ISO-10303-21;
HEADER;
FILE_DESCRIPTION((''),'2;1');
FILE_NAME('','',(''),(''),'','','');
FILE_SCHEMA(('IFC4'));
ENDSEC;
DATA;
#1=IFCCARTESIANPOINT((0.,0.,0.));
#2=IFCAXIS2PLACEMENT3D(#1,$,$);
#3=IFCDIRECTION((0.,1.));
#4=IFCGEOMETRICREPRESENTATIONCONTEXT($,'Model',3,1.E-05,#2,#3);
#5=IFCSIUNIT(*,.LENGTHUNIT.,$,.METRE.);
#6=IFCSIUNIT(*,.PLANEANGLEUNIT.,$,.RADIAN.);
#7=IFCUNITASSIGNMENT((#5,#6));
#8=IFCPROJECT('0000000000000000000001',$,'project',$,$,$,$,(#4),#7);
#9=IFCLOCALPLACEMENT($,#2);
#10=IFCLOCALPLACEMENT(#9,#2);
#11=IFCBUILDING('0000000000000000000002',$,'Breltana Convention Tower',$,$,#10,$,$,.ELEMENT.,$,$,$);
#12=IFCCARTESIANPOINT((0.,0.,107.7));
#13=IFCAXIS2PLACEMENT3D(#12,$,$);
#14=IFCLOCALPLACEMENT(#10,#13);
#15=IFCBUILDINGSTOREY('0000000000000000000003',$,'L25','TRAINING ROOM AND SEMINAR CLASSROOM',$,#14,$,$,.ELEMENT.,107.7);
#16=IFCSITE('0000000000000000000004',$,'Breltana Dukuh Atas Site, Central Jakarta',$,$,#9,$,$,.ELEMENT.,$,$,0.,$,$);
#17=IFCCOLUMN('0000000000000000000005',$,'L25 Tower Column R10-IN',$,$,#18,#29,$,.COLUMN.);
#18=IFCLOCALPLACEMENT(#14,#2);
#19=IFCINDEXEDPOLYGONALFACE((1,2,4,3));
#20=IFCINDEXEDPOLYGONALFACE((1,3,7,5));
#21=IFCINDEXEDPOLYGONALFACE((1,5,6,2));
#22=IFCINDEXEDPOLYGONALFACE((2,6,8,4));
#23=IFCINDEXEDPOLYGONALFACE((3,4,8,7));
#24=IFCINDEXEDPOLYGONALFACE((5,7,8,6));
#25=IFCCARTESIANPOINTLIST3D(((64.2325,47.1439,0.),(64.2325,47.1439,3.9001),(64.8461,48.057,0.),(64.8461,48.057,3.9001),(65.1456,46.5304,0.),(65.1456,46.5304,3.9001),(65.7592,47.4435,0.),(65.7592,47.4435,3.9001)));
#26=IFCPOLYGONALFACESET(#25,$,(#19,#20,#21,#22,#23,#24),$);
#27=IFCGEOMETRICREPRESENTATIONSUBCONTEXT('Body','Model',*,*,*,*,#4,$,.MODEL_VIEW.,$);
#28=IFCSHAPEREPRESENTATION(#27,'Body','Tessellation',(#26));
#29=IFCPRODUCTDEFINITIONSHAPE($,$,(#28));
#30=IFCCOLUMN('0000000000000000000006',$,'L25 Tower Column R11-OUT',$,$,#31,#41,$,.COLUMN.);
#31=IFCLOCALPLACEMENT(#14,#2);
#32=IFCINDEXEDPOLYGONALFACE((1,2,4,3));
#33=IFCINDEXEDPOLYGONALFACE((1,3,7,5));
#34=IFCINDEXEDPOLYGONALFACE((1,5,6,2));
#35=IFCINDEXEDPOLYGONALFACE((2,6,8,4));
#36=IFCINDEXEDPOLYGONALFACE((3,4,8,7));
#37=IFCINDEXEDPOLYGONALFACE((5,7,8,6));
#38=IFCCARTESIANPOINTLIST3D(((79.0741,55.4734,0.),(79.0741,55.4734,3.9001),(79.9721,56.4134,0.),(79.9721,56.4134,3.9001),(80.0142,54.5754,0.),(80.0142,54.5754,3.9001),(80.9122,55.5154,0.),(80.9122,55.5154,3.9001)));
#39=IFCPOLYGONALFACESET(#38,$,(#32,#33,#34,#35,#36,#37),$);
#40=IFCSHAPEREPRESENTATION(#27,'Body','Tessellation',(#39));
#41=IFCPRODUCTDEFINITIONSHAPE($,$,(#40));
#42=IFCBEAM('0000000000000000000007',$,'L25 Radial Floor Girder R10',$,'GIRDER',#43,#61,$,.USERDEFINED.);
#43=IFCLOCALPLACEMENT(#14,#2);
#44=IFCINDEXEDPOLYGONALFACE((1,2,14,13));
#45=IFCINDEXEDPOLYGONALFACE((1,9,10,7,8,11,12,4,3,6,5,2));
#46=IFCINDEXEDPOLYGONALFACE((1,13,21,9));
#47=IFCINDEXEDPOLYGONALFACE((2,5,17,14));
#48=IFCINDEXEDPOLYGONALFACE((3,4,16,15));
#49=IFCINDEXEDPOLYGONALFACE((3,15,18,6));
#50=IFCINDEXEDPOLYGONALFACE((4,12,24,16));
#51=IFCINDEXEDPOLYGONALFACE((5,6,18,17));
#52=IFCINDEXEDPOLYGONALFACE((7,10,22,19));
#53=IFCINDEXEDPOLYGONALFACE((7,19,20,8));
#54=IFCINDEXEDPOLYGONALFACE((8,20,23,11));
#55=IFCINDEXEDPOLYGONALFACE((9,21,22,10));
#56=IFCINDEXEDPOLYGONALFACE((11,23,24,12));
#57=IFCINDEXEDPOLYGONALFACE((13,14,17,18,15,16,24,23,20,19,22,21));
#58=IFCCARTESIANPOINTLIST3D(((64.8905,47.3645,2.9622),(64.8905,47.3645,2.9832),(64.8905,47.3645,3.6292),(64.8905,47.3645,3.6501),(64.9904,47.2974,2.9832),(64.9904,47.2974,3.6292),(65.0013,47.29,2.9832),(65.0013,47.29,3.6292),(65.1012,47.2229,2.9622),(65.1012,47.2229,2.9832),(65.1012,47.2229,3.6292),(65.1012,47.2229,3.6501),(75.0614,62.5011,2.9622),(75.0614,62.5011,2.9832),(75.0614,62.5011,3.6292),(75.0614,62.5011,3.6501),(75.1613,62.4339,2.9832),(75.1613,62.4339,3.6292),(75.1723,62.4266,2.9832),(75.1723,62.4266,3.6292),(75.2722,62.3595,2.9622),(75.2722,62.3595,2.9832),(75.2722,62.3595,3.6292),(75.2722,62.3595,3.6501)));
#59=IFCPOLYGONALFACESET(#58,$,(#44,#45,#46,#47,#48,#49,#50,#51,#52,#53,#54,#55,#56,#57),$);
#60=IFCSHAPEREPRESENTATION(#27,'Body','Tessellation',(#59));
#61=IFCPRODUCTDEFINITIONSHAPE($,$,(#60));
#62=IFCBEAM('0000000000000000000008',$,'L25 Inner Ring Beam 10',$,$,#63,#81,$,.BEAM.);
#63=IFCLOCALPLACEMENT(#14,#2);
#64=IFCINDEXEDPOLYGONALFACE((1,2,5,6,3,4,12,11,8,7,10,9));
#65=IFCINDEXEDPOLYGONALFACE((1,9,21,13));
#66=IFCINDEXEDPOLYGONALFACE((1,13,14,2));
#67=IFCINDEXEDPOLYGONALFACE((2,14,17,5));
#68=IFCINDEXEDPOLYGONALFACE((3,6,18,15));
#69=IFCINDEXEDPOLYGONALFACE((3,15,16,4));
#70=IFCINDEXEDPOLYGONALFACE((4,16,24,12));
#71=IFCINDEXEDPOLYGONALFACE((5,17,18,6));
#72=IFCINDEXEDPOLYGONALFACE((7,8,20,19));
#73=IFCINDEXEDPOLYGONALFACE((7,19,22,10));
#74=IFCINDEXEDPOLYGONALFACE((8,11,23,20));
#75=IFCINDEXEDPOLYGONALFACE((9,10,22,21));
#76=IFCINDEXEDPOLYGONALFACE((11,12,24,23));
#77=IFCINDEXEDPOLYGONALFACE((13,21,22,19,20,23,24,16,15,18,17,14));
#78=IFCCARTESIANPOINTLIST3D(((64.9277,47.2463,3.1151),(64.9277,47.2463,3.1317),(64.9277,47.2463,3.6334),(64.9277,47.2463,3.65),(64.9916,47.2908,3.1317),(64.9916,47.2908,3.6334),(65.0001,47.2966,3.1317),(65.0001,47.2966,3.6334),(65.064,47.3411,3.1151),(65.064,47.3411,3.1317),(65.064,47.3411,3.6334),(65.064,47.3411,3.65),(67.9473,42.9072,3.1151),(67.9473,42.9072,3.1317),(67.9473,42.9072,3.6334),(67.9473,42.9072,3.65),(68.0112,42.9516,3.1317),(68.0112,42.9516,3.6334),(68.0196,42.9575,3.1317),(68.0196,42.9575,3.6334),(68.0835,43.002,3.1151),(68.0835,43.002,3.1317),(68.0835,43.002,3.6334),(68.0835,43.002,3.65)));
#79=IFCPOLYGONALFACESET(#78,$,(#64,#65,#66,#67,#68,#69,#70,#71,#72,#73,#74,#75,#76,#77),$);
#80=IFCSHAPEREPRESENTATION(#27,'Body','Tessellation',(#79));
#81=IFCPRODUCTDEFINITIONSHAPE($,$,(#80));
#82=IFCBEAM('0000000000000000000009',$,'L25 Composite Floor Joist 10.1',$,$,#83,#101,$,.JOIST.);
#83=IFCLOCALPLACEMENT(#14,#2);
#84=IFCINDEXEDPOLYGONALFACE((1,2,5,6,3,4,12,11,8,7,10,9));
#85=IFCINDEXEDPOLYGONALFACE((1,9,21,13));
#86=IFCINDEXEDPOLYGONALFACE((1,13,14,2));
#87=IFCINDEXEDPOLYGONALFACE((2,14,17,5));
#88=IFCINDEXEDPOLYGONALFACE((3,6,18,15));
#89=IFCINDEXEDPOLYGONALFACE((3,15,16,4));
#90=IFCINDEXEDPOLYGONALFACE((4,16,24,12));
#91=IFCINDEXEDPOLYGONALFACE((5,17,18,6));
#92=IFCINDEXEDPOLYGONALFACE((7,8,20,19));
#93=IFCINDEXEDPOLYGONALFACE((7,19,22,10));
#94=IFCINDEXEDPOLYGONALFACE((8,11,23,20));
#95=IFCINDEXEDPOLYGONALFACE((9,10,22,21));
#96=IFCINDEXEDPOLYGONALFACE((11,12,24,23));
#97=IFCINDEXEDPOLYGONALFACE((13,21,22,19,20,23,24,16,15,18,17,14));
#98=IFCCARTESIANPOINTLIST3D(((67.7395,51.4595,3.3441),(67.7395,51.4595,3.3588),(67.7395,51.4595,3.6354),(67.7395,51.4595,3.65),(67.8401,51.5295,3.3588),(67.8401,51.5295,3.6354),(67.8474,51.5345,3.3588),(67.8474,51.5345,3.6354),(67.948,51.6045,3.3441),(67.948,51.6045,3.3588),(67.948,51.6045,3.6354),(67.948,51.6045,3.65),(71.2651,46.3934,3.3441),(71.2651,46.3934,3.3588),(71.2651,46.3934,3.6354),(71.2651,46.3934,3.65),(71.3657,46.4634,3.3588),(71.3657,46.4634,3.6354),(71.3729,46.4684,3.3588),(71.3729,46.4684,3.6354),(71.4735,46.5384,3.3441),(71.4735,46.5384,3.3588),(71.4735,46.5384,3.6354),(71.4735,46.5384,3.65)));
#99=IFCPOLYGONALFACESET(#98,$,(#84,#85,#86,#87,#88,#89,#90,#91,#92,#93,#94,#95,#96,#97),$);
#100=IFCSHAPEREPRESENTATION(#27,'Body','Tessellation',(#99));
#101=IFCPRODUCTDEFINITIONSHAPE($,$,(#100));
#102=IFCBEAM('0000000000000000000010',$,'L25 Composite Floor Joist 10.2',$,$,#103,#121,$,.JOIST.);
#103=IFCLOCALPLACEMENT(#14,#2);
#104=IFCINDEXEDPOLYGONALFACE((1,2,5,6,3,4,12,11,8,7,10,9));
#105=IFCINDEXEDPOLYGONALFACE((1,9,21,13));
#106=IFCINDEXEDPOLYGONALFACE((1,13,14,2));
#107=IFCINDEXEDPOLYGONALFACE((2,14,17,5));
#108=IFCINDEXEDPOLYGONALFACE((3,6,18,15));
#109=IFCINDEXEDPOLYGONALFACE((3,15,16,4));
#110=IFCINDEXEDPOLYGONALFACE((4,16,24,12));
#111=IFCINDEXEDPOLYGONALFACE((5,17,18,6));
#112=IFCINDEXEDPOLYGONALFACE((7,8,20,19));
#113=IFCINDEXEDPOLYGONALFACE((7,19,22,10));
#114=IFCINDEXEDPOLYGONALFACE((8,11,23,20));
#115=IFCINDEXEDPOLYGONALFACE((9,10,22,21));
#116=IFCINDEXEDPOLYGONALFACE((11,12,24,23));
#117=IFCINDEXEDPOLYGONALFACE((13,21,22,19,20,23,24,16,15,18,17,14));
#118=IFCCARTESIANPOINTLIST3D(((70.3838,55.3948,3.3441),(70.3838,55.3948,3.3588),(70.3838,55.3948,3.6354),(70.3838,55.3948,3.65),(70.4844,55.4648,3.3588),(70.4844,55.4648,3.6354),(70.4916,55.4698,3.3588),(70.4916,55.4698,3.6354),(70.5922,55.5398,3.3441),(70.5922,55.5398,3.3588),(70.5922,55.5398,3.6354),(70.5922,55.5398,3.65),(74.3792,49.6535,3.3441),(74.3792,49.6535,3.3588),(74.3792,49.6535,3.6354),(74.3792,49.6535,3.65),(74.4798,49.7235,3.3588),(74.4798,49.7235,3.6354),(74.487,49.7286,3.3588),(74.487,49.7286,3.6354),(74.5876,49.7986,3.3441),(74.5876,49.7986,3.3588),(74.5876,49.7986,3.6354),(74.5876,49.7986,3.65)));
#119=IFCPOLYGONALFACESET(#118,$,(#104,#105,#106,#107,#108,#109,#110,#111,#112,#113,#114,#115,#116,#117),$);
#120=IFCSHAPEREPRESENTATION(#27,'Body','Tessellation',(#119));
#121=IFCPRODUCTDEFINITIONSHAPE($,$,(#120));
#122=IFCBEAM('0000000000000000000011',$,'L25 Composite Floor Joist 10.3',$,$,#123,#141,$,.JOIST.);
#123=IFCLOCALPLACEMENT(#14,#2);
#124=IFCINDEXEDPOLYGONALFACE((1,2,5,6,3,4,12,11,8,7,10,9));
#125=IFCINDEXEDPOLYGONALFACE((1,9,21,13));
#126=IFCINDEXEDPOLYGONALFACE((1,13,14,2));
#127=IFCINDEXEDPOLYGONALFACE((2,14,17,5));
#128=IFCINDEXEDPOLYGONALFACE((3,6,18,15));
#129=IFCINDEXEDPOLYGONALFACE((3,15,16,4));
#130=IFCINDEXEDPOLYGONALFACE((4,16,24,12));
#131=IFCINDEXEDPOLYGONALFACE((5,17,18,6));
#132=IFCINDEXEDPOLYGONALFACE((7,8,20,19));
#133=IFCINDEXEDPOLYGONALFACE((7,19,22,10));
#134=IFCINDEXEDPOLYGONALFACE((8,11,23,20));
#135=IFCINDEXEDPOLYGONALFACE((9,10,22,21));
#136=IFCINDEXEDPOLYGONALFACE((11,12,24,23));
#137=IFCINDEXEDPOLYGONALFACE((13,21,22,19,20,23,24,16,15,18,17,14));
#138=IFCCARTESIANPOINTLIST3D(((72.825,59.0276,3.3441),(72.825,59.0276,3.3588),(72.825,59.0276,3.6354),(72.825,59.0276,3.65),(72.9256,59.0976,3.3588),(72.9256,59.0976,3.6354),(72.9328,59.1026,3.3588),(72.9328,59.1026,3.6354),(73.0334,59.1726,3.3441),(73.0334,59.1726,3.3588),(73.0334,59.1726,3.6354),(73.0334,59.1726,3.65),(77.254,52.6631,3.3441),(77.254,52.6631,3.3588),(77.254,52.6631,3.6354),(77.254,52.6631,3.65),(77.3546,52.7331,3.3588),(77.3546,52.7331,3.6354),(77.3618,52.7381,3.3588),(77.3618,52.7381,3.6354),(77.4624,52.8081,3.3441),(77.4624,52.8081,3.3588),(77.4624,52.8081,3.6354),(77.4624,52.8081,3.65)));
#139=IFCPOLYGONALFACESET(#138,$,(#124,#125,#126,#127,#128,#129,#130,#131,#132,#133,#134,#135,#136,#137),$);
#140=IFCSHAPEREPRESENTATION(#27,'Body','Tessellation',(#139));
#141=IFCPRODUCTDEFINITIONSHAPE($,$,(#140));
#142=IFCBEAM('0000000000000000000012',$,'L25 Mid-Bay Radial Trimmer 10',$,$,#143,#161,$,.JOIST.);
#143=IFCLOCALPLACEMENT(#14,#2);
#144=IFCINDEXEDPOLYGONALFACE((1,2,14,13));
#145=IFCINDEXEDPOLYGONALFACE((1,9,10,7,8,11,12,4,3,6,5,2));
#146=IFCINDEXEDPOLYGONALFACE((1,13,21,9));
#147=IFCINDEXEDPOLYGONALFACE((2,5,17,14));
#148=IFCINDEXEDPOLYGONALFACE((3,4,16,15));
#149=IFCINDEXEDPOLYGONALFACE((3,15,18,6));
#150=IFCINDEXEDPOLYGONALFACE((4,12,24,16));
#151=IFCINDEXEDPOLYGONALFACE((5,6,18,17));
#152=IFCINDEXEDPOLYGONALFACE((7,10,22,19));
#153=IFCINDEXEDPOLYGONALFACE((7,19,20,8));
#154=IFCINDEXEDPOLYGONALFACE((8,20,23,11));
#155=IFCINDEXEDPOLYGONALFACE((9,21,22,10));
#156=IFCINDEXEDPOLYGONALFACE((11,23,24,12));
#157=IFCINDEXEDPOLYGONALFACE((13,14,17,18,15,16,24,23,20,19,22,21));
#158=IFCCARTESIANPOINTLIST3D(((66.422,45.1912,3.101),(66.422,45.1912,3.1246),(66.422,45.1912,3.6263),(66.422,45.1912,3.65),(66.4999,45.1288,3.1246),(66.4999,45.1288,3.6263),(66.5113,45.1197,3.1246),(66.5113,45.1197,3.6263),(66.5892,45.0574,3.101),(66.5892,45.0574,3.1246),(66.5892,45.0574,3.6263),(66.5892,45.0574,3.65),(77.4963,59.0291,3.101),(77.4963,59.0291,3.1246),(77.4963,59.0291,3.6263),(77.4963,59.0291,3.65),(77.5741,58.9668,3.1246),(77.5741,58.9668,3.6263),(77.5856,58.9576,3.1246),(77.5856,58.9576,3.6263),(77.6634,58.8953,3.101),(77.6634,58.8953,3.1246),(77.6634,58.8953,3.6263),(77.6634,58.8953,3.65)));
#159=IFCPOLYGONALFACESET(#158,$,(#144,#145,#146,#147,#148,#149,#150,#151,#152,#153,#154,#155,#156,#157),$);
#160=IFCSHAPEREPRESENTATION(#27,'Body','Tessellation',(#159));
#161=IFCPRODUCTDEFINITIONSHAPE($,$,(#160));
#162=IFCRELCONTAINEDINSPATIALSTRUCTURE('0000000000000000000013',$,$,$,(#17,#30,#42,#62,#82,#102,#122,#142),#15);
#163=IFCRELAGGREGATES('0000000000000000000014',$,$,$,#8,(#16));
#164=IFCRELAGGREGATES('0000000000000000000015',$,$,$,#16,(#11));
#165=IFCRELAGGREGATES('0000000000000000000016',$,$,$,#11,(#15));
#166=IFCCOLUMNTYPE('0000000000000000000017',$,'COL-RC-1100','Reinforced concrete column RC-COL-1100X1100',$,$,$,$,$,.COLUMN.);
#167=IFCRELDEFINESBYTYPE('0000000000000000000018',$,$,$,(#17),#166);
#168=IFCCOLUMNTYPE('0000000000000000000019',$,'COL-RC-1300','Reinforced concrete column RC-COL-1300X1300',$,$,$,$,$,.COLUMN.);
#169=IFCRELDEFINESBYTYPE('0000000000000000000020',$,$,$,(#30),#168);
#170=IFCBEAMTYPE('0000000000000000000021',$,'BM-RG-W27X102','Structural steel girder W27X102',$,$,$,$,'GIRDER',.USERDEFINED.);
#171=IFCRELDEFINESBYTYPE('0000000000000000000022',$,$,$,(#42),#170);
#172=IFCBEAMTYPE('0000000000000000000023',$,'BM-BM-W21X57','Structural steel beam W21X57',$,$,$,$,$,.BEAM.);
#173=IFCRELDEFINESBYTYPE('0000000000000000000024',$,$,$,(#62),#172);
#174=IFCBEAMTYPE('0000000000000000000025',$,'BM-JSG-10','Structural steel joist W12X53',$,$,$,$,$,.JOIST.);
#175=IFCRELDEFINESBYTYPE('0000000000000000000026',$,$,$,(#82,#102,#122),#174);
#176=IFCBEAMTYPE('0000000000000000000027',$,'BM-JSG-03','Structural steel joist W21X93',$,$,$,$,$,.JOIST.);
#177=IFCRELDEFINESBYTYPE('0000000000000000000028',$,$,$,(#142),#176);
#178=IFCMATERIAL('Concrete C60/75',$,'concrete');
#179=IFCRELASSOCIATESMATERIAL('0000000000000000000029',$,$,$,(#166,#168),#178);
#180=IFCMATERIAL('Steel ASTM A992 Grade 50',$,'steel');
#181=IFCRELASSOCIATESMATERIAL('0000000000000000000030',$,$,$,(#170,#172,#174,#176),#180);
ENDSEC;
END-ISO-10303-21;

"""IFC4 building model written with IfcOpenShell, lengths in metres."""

from ifc_helpers import new_model, si_unit, direction, frame, origin, origin_2d, place, context, subcontext, project, spatial, rectangle, i_section, extrude, source, transform, mapped, material, material_profile, profile_set, type_object, element, save


model = new_model("IFC4")

# Units and contexts
model_context = context("Model", 3, precision=1e-05, world=origin(), true_north=direction((0.0, 1.0)))
body_context = subcontext(model_context, "Body", "Model", "MODEL_VIEW")
ifc_project = project(units=[si_unit("LENGTHUNIT", "METRE"), si_unit("PLANEANGLEUNIT", "RADIAN")], contexts=[model_context])

# Site, building, storey
site_placement = place(None, origin())
site = spatial("IfcSite", under=ifc_project, at=site_placement, Name="Breltana Dukuh Atas Site, Central Jakarta", CompositionType="ELEMENT", RefElevation=0.0)
building_placement = place(site_placement, origin())
building = spatial("IfcBuilding", under=site, at=building_placement, Name="Breltana Convention Tower", CompositionType="ELEMENT")
storey_placement = place(building_placement, frame((0.0, 0.0, 107.7)))
storey = spatial("IfcBuildingStorey", under=building, at=storey_placement, Name="L25", Description="TRAINING ROOM AND SEMINAR CLASSROOM", CompositionType="ELEMENT", Elevation=107.7)

# Columns
ifc_material_1 = material(Name="Concrete C60/75", Category="concrete")
ifc_material_profile_1 = material_profile(ifc_material_1, rectangle(XDim=1.1001, YDim=1.1001, at=origin_2d()), Name="RC-COL-1100X1100")
ifc_profile_set_1 = profile_set([ifc_material_profile_1], Name="Concrete C60/75")
column_type_1 = type_object("IfcColumnType", Name="COL-RC-1100", Description="Reinforced concrete column RC-COL-1100X1100", PredefinedType="COLUMN", material=ifc_profile_set_1)
shared_shape_1 = source(origin(), body_context, "Body", "SweptSolid", [
    extrude(rectangle(XDim=1.1001, YDim=1.1001, at=origin_2d()), origin(), (0.0, 0.0, 1.0), 3.9001),
])
column_1_placement = place(storey_placement, frame((64.9958, 47.2937, 0.0), z_axis=(0.0, 0.0, 1.0), x_axis=(0.557745, 0.830012, 0.0)))
element("IfcColumn", 1, at=column_1_placement, inside=storey, type_object=column_type_1, Name="L25 Tower Column R10-IN", PredefinedType="COLUMN", context=body_context, shape_type="MappedRepresentation", body=[
    mapped(shared_shape_1, transform((0.0, 0.0, 0.0), scale=1.0)),
])
ifc_material_profile_2 = material_profile(ifc_material_1, rectangle(XDim=1.3, YDim=1.3, at=origin_2d()), Name="RC-COL-1300X1300")
ifc_profile_set_2 = profile_set([ifc_material_profile_2], Name="Concrete C60/75")
column_type_2 = type_object("IfcColumnType", Name="COL-RC-1300", Description="Reinforced concrete column RC-COL-1300X1300", PredefinedType="COLUMN", material=ifc_profile_set_2)
shared_shape_2 = source(origin(), body_context, "Body", "SweptSolid", [
    extrude(rectangle(XDim=1.3, YDim=1.3, at=origin_2d()), origin(), (0.0, 0.0, 1.0), 3.9001),
])
column_2_placement = place(storey_placement, frame((79.9932, 55.4944, 0.0), z_axis=(0.0, 0.0, 1.0), x_axis=(0.690756, 0.723088, 0.0)))
element("IfcColumn", 2, at=column_2_placement, inside=storey, type_object=column_type_2, Name="L25 Tower Column R11-OUT", PredefinedType="COLUMN", context=body_context, shape_type="MappedRepresentation", body=[
    mapped(shared_shape_2, transform((0.0, 0.0, 0.0), scale=1.0)),
])

# Beams
ifc_material_2 = material(Name="Steel ASTM A992 Grade 50", Category="steel")
ifc_material_profile_3 = material_profile(ifc_material_2, i_section(OverallWidth=0.2539, OverallDepth=0.688, WebThickness=0.0132, FlangeThickness=0.021, at=origin_2d()), Name="W27X102")
ifc_profile_set_3 = profile_set([ifc_material_profile_3], Name="Steel ASTM A992 Grade 50")
beam_type_1 = type_object("IfcBeamType", Name="BM-RG-W27X102", Description="Structural steel girder W27X102", ElementType="GIRDER", PredefinedType="USERDEFINED", material=ifc_profile_set_3)
shared_shape_3 = source(origin(), body_context, "Body", "SweptSolid", [
    extrude(i_section(OverallWidth=0.2539, OverallDepth=0.688, WebThickness=0.0132, FlangeThickness=0.021, at=origin_2d()), origin(), (0.0, 0.0, 1.0), 18.2363),
])
beam_1_placement = place(storey_placement, frame((64.9958, 47.2937, 3.3062), z_axis=(0.55773, 0.830022, 0.0), x_axis=(-0.830022, 0.55773, 0.0)))
element("IfcBeam", 3, at=beam_1_placement, inside=storey, type_object=beam_type_1, Name="L25 Radial Floor Girder R10", ObjectType="GIRDER", PredefinedType="USERDEFINED", context=body_context, shape_type="MappedRepresentation", body=[
    mapped(shared_shape_3, transform((0.0, 0.0, 0.0), scale=1.0)),
])
ifc_material_profile_4 = material_profile(ifc_material_2, i_section(OverallWidth=0.166, OverallDepth=0.5349, WebThickness=0.0103, FlangeThickness=0.0166, at=origin_2d()), Name="W21X57")
ifc_profile_set_4 = profile_set([ifc_material_profile_4], Name="Steel ASTM A992 Grade 50")
beam_type_2 = type_object("IfcBeamType", Name="BM-BM-W21X57", Description="Structural steel beam W21X57", PredefinedType="BEAM", material=ifc_profile_set_4)
shared_shape_4 = source(origin(), body_context, "Body", "SweptSolid", [
    extrude(i_section(OverallWidth=0.166, OverallDepth=0.5349, WebThickness=0.0103, FlangeThickness=0.0166, at=origin_2d()), origin(), (0.0, 0.0, 1.0), 5.2864),
])
beam_2_placement = place(storey_placement, frame((64.9958, 47.2937, 3.3826), z_axis=(0.571194, -0.820815, 0.0), x_axis=(0.820815, 0.571194, 0.0)))
element("IfcBeam", 4, at=beam_2_placement, inside=storey, type_object=beam_type_2, Name="L25 Inner Ring Beam 10", PredefinedType="BEAM", context=body_context, shape_type="MappedRepresentation", body=[
    mapped(shared_shape_4, transform((0.0, 0.0, 0.0), scale=1.0)),
])
ifc_material_profile_5 = material_profile(ifc_material_2, i_section(OverallWidth=0.2539, OverallDepth=0.3059, WebThickness=0.0088, FlangeThickness=0.0146, at=origin_2d()), Name="W12X53")
ifc_profile_set_5 = profile_set([ifc_material_profile_5], Name="Steel ASTM A992 Grade 50")
beam_type_3 = type_object("IfcBeamType", Name="BM-JSG-10", Description="Structural steel joist W12X53", PredefinedType="JOIST", material=ifc_profile_set_5)
shared_shape_5 = source(origin(), body_context, "Body", "SweptSolid", [
    extrude(i_section(OverallWidth=0.2539, OverallDepth=0.3059, WebThickness=0.0088, FlangeThickness=0.0146, at=origin_2d()), origin(), (0.0, 0.0, 1.0), 6.1721),
])
beam_3_placement = place(storey_placement, frame((67.8438, 51.532, 3.4971), z_axis=(0.571212, -0.820803, 0.0), x_axis=(0.820803, 0.571212, 0.0)))
element("IfcBeam", 5, at=beam_3_placement, inside=storey, type_object=beam_type_3, Name="L25 Composite Floor Joist 10.1", PredefinedType="JOIST", context=body_context, shape_type="MappedRepresentation", body=[
    mapped(shared_shape_5, transform((0.0, 0.0, 0.0), scale=1.0)),
])
shared_shape_6 = source(origin(), body_context, "Body", "SweptSolid", [
    extrude(i_section(OverallWidth=0.2539, OverallDepth=0.3059, WebThickness=0.0088, FlangeThickness=0.0146, at=origin_2d()), origin(), (0.0, 0.0, 1.0), 6.9946),
])
beam_4_placement = place(storey_placement, frame((70.488, 55.4673, 3.4971), z_axis=(0.571207, -0.820806, 0.0), x_axis=(0.820806, 0.571207, 0.0)))
element("IfcBeam", 6, at=beam_4_placement, inside=storey, type_object=beam_type_3, Name="L25 Composite Floor Joist 10.2", PredefinedType="JOIST", context=body_context, shape_type="MappedRepresentation", body=[
    mapped(shared_shape_6, transform((0.0, 0.0, 0.0), scale=1.0)),
])
shared_shape_7 = source(origin(), body_context, "Body", "SweptSolid", [
    extrude(i_section(OverallWidth=0.2539, OverallDepth=0.3059, WebThickness=0.0088, FlangeThickness=0.0146, at=origin_2d()), origin(), (0.0, 0.0, 1.0), 7.7539),
])
beam_5_placement = place(storey_placement, frame((72.9292, 59.1001, 3.4971), z_axis=(0.571193, -0.820816, 0.0), x_axis=(0.820816, 0.571193, 0.0)))
element("IfcBeam", 7, at=beam_5_placement, inside=storey, type_object=beam_type_3, Name="L25 Composite Floor Joist 10.3", PredefinedType="JOIST", context=body_context, shape_type="MappedRepresentation", body=[
    mapped(shared_shape_7, transform((0.0, 0.0, 0.0), scale=1.0)),
])
ifc_material_profile_6 = material_profile(ifc_material_2, i_section(OverallWidth=0.2141, OverallDepth=0.5491, WebThickness=0.0146, FlangeThickness=0.0237, at=origin_2d()), Name="W21X93")
ifc_profile_set_6 = profile_set([ifc_material_profile_6], Name="Steel ASTM A992 Grade 50")
beam_type_4 = type_object("IfcBeamType", Name="BM-JSG-03", Description="Structural steel joist W21X93", PredefinedType="JOIST", material=ifc_profile_set_6)
shared_shape_8 = source(origin(), body_context, "Body", "SweptSolid", [
    extrude(i_section(OverallWidth=0.2141, OverallDepth=0.5491, WebThickness=0.0146, FlangeThickness=0.0237, at=origin_2d()), origin(), (0.0, 0.0, 1.0), 17.7236),
])
beam_6_placement = place(storey_placement, frame((66.5056, 45.1243, 3.3755), z_axis=(0.624829, 0.780761, 0.0), x_axis=(-0.780761, 0.624829, 0.0)))
element("IfcBeam", 8, at=beam_6_placement, inside=storey, type_object=beam_type_4, Name="L25 Mid-Bay Radial Trimmer 10", PredefinedType="JOIST", context=body_context, shape_type="MappedRepresentation", body=[
    mapped(shared_shape_8, transform((0.0, 0.0, 0.0), scale=1.0)),
])

save(model, "model.ifc")
